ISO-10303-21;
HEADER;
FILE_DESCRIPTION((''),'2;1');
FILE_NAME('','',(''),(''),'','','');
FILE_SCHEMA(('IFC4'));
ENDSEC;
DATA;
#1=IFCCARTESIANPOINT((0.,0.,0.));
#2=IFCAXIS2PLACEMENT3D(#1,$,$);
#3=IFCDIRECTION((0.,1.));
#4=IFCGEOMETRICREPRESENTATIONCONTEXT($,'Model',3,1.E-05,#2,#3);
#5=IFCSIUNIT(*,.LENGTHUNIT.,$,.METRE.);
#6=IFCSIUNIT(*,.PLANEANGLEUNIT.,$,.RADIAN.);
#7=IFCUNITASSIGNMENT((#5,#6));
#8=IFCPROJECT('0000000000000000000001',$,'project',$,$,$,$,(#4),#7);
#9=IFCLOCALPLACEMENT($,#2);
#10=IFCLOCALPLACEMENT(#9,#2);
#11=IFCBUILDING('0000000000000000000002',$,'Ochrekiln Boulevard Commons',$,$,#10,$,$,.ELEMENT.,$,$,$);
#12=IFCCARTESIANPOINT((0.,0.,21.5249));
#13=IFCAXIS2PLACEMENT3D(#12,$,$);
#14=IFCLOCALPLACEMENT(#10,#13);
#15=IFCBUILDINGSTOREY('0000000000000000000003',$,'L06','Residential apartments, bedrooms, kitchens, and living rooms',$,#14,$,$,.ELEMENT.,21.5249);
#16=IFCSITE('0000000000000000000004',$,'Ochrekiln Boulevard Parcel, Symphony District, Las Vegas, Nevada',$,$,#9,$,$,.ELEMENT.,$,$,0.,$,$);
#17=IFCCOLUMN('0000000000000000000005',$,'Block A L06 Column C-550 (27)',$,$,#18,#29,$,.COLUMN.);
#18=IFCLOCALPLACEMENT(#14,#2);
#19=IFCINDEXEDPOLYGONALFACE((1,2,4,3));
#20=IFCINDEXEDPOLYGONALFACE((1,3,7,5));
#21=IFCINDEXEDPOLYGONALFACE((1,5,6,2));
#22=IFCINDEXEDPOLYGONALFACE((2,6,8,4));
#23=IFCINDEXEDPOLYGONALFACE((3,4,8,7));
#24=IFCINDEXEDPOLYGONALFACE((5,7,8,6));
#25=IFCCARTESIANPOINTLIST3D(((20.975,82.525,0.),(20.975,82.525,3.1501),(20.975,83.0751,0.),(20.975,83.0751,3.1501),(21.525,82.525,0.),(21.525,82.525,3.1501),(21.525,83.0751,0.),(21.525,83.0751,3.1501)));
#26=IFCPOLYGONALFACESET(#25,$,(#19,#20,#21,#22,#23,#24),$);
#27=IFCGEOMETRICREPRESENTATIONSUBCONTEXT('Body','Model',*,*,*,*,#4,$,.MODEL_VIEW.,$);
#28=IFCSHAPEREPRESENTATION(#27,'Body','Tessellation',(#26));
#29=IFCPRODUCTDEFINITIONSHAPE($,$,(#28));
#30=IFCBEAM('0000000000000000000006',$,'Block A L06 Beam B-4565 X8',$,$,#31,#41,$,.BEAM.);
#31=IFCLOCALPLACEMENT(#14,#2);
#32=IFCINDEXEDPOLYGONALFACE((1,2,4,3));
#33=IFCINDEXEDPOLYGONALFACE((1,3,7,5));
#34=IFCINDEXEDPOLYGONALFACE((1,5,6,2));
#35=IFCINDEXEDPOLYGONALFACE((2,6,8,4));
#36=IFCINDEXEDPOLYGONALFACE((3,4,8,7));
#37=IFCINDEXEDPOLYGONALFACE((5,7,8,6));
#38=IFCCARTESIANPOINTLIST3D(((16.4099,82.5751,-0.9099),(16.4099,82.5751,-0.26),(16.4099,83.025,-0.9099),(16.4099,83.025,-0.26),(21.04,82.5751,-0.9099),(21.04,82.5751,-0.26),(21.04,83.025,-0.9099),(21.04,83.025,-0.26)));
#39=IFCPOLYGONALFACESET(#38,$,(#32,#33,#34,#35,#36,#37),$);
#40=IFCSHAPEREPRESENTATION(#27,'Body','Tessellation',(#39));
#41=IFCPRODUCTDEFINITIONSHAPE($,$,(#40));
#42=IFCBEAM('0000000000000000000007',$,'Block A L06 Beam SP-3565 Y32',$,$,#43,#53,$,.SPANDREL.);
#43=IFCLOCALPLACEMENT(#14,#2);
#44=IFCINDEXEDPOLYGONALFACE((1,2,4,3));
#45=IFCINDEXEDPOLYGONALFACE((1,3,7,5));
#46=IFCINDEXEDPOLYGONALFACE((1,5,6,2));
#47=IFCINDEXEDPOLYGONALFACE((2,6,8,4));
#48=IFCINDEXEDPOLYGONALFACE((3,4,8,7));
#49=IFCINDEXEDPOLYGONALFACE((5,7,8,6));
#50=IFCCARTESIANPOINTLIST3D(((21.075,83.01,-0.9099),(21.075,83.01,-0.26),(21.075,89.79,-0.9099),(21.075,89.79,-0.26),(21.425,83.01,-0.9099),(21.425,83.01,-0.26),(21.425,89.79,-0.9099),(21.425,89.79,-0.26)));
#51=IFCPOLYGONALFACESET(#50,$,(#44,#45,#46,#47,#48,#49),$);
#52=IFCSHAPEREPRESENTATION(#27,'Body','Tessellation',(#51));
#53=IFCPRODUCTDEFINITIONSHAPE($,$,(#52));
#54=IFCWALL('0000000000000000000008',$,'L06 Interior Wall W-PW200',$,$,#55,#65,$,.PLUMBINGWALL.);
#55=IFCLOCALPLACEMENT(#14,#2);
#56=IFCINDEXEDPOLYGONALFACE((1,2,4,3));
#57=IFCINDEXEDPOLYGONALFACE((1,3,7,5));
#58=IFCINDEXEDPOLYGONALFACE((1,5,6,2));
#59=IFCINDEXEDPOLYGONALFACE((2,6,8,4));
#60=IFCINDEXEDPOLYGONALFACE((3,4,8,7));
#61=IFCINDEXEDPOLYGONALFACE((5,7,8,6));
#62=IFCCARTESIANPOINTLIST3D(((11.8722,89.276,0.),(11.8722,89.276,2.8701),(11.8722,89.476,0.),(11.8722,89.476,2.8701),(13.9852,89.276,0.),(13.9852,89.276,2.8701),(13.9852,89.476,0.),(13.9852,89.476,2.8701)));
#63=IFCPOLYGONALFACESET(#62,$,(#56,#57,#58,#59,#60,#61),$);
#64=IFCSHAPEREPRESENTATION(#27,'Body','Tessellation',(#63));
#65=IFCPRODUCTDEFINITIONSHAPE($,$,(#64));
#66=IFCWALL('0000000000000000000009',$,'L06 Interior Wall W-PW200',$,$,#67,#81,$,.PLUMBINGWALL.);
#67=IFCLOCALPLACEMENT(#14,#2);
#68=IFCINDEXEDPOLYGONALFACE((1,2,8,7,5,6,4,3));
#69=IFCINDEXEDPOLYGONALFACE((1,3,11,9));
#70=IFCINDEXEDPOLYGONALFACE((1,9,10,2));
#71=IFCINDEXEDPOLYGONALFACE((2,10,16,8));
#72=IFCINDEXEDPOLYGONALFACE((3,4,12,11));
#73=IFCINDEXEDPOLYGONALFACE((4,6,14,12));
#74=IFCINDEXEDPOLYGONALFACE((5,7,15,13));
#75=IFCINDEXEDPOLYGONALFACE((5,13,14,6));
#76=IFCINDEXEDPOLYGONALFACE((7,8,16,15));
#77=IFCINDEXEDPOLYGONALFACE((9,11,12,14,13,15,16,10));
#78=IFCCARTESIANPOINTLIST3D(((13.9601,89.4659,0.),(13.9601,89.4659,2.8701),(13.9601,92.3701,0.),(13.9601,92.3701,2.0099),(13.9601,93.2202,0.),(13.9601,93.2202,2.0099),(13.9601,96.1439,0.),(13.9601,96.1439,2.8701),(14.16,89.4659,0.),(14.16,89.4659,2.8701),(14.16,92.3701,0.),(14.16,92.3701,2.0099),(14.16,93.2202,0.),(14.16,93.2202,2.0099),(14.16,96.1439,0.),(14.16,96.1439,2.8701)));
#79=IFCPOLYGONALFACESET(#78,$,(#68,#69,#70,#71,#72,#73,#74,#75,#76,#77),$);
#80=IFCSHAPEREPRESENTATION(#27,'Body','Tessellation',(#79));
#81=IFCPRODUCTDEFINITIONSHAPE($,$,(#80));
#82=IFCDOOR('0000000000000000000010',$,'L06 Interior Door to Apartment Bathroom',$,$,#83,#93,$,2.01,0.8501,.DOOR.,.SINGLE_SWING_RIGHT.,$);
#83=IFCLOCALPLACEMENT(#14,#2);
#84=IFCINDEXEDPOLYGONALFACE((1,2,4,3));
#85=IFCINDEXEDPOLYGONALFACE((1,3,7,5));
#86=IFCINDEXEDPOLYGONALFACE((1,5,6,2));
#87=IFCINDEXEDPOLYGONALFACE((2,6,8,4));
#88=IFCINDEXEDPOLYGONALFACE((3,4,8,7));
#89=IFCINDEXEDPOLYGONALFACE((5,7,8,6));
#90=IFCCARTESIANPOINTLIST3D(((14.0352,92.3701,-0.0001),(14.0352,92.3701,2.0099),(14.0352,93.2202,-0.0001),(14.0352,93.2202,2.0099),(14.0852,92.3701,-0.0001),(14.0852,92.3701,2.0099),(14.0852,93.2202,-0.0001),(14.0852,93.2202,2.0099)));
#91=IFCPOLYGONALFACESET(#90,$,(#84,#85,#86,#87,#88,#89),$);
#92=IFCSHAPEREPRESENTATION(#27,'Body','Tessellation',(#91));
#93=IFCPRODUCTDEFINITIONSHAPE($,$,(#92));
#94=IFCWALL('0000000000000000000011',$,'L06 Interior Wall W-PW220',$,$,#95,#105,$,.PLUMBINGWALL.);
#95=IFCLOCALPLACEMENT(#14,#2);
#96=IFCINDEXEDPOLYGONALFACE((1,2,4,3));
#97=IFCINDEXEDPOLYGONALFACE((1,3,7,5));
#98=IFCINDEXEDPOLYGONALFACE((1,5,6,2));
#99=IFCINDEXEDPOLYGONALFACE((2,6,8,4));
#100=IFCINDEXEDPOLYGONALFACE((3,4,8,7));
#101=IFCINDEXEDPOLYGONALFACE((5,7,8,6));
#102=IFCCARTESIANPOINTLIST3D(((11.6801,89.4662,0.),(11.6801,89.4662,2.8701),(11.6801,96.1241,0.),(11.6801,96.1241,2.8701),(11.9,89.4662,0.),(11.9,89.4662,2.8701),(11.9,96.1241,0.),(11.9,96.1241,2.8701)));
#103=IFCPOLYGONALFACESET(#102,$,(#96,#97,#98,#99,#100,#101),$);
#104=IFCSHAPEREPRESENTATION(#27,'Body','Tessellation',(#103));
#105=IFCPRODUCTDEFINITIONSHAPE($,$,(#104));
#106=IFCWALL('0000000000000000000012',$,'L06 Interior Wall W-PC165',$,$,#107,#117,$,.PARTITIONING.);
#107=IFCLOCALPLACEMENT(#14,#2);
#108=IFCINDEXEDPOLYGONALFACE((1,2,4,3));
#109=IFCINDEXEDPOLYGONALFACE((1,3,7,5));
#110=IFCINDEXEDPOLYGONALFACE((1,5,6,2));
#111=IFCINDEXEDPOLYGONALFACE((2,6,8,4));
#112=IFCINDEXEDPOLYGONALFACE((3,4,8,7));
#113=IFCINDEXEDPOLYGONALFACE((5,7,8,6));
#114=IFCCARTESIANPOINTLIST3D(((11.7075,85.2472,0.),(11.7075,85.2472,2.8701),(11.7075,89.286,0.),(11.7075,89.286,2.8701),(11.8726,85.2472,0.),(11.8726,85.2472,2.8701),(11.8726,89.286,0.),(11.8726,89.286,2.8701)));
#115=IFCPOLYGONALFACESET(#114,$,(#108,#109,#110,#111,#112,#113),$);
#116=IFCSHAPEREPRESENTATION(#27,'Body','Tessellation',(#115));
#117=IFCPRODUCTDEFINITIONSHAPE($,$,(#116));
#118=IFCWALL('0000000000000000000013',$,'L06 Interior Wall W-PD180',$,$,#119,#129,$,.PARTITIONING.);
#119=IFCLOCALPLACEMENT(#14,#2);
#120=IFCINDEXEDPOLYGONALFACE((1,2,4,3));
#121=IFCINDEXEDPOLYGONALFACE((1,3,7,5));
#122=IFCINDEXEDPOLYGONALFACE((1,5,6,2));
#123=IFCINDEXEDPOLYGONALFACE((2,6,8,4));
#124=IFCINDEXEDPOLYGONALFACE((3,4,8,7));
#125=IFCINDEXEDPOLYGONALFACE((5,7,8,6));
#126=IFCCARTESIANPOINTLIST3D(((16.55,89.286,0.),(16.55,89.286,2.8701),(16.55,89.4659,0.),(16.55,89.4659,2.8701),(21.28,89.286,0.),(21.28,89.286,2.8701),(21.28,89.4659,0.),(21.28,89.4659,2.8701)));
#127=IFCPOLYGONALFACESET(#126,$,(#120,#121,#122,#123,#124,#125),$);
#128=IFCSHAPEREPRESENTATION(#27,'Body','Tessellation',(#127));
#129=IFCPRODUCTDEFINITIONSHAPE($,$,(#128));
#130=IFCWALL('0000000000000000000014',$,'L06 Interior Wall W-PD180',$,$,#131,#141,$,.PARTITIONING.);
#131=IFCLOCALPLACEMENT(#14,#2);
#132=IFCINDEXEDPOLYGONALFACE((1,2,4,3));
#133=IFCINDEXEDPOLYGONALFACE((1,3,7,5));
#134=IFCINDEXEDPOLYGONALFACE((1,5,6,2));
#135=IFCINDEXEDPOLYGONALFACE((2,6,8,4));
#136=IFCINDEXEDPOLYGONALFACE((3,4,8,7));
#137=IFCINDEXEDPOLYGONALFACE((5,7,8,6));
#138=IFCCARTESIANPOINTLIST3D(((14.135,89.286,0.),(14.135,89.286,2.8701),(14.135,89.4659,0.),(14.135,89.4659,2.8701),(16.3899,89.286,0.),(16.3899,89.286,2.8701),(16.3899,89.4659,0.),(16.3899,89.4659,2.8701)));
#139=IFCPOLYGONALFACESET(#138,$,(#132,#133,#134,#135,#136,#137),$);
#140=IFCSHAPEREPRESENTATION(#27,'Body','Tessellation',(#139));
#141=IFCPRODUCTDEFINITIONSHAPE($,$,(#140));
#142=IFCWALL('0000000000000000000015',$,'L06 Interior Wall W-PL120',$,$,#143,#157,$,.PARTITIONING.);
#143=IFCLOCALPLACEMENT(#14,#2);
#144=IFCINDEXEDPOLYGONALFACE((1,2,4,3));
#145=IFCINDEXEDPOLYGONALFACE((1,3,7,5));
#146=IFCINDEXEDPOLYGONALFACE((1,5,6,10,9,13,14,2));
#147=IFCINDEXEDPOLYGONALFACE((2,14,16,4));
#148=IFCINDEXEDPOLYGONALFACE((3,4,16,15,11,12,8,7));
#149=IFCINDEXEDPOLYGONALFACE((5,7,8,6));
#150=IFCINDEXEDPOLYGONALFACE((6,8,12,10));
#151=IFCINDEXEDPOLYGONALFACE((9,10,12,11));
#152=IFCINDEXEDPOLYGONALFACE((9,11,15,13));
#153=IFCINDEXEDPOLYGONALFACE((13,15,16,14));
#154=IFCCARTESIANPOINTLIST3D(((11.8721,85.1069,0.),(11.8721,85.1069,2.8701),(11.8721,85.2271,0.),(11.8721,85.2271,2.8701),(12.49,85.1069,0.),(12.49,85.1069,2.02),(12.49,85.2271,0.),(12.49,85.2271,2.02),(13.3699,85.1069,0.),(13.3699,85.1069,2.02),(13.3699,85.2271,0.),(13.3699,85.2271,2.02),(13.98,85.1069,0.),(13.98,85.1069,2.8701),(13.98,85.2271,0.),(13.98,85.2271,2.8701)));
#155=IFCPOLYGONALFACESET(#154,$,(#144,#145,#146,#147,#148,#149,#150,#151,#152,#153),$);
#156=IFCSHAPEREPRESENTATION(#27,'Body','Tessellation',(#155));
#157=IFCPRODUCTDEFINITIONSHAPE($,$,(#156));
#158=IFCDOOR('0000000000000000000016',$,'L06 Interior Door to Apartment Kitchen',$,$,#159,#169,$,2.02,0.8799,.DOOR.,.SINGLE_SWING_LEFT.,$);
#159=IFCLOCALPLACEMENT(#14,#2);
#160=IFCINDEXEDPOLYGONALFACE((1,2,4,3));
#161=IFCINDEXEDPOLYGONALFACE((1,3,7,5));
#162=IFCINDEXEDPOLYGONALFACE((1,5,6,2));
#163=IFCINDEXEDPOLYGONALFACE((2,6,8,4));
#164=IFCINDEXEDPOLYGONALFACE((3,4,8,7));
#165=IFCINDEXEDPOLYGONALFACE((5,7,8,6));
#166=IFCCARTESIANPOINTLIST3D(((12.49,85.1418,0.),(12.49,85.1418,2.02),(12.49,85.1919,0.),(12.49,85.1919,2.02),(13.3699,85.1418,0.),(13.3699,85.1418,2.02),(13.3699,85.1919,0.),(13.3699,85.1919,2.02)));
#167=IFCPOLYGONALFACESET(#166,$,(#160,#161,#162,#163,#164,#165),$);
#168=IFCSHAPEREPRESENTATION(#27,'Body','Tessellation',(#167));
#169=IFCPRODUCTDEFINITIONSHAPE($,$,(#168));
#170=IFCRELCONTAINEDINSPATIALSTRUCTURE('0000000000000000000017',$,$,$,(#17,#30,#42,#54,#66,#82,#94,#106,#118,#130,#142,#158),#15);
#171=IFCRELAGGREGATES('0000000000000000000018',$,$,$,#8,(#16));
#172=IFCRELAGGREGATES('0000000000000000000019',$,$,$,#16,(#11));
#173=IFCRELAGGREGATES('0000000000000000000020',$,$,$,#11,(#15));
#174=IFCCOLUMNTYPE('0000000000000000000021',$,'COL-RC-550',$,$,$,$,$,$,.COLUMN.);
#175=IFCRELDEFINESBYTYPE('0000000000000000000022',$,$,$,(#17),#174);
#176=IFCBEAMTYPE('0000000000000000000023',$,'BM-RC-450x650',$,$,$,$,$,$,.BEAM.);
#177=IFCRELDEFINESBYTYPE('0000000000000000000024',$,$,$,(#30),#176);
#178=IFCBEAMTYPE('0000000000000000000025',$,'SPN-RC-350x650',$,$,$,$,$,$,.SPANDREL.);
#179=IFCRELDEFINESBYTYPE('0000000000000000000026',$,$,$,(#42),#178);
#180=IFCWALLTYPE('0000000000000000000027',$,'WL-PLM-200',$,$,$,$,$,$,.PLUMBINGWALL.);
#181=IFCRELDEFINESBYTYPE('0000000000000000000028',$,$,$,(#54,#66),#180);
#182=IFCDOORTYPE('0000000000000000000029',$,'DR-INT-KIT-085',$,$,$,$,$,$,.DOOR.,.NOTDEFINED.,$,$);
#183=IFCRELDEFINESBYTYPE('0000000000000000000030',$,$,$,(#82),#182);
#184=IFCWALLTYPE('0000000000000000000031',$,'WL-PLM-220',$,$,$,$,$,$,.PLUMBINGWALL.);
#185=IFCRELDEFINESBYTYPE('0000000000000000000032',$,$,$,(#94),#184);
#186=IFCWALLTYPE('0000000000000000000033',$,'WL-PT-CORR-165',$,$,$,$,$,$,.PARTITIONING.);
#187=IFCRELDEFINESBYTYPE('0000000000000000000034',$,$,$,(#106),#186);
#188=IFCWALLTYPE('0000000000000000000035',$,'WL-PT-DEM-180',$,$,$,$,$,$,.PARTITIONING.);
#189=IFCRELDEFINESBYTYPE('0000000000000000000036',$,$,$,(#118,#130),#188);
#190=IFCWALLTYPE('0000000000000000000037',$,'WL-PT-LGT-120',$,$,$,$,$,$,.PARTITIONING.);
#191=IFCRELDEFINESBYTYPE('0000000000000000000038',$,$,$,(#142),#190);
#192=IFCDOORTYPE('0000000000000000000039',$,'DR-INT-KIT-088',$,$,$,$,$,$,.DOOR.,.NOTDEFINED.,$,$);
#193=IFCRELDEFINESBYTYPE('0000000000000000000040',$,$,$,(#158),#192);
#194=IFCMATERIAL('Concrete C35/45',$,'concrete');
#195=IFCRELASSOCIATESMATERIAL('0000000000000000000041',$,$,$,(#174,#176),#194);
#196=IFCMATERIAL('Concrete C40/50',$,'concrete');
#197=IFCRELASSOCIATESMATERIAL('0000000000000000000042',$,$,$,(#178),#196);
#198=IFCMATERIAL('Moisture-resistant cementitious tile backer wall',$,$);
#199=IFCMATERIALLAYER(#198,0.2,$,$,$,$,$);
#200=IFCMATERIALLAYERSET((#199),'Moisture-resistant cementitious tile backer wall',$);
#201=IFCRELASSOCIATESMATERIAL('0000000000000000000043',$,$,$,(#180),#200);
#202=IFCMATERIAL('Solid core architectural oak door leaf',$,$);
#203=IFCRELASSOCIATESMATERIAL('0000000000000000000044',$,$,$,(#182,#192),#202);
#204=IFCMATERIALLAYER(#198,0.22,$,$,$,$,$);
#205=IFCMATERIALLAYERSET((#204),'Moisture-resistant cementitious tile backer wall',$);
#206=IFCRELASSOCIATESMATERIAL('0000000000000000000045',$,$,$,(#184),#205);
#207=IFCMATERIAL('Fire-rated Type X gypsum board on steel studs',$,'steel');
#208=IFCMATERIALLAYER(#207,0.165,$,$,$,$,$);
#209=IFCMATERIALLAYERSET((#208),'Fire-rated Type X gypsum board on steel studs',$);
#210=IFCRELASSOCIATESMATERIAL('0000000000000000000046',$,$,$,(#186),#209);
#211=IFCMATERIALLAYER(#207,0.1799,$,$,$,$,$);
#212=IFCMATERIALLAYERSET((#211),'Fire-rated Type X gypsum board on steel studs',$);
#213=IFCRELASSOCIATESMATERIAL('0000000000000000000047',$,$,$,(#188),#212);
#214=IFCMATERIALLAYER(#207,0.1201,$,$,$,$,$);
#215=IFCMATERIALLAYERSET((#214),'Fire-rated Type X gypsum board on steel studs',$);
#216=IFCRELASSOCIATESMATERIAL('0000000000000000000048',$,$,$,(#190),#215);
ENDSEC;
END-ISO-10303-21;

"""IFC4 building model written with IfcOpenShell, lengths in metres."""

from ifc_helpers import new_model, si_unit, direction, frame, frame_2d, origin, origin_2d, place, context, subcontext, project, spatial, rectangle, extrude, material, layer, layer_set, material_profile, profile_set, type_object, element, fill, save


model = new_model("IFC4")

# Units and contexts
model_context = context("Model", 3, precision=1e-05, world=origin(), true_north=direction((0.0, 1.0)))
body_context = subcontext(model_context, "Body", "Model", "MODEL_VIEW")
ifc_project = project(units=[si_unit("LENGTHUNIT", "METRE"), si_unit("PLANEANGLEUNIT", "RADIAN")], contexts=[model_context])

# Site, building, storey
site_placement = place(None, origin())
site = spatial("IfcSite", under=ifc_project, at=site_placement, Name="Ochrekiln Boulevard Parcel, Symphony District, Las Vegas, Nevada", CompositionType="ELEMENT", RefElevation=0.0)
building_placement = place(site_placement, origin())
building = spatial("IfcBuilding", under=site, at=building_placement, Name="Ochrekiln Boulevard Commons", CompositionType="ELEMENT")
storey_placement = place(building_placement, frame((0.0, 0.0, 21.5249)))
storey = spatial("IfcBuildingStorey", under=building, at=storey_placement, Name="L06", Description="Residential apartments, bedrooms, kitchens, and living rooms", CompositionType="ELEMENT", Elevation=21.5249)

# Column
ifc_material_1 = material(Name="Concrete C35/45", Category="concrete")
ifc_material_profile_1 = material_profile(ifc_material_1, rectangle(XDim=0.55, YDim=0.55, at=origin_2d()), Name="RC-COL-550x550")
ifc_profile_set_1 = profile_set([ifc_material_profile_1], Name="Concrete C35/45")
column_type = type_object("IfcColumnType", Name="COL-RC-550", PredefinedType="COLUMN", material=ifc_profile_set_1)
column_placement = place(storey_placement, frame((21.25, 82.8, 0.0), z_axis=(0.0, 0.0, 1.0), x_axis=(1.0, 0.0, 0.0)))
element("IfcColumn", 1, at=column_placement, inside=storey, type_object=column_type, Name="Block A L06 Column C-550 (27)", PredefinedType="COLUMN", context=body_context, shape_type="SweptSolid", body=[
    extrude(rectangle(XDim=0.55, YDim=0.55, at=origin_2d()), origin(), (0.0, 0.0, 1.0), 3.1501),
])

# Beams
ifc_material_profile_2 = material_profile(ifc_material_1, rectangle(XDim=0.45, YDim=0.6499, at=origin_2d()), Name="RC-BM-450x650")
ifc_profile_set_2 = profile_set([ifc_material_profile_2], Name="Concrete C35/45")
beam_type_1 = type_object("IfcBeamType", Name="BM-RC-450x650", PredefinedType="BEAM", material=ifc_profile_set_2)
beam_1_placement = place(storey_placement, frame((16.4099, 82.8, -0.585), z_axis=(1.0, 0.0, 0.0), x_axis=(0.0, 1.0, 0.0)))
element("IfcBeam", 2, at=beam_1_placement, inside=storey, type_object=beam_type_1, Name="Block A L06 Beam B-4565 X8", PredefinedType="BEAM", context=body_context, shape_type="SweptSolid", body=[
    extrude(rectangle(XDim=0.45, YDim=0.6499, at=origin_2d()), origin(), (0.0, 0.0, 1.0), 4.6301),
])
ifc_material_2 = material(Name="Concrete C40/50", Category="concrete")
ifc_material_profile_3 = material_profile(ifc_material_2, rectangle(XDim=0.3501, YDim=0.6499, at=origin_2d()), Name="RC-SPN-350x650")
ifc_profile_set_3 = profile_set([ifc_material_profile_3], Name="Concrete C40/50")
beam_type_2 = type_object("IfcBeamType", Name="SPN-RC-350x650", PredefinedType="SPANDREL", material=ifc_profile_set_3)
beam_2_placement = place(storey_placement, frame((21.25, 83.01, -0.585), z_axis=(0.0, 1.0, 0.0), x_axis=(-1.0, 0.0, 0.0)))
element("IfcBeam", 3, at=beam_2_placement, inside=storey, type_object=beam_type_2, Name="Block A L06 Beam SP-3565 Y32", PredefinedType="SPANDREL", context=body_context, shape_type="SweptSolid", body=[
    extrude(rectangle(XDim=0.3501, YDim=0.6499, at=origin_2d()), origin(), (0.0, 0.0, 1.0), 6.78),
])

# Wall
ifc_material_3 = material(Name="Moisture-resistant cementitious tile backer wall")
ifc_layer_1 = layer(ifc_material_3, 0.2)
ifc_layer_set_1 = layer_set([ifc_layer_1], Name="Moisture-resistant cementitious tile backer wall")
wall_type_1 = type_object("IfcWallType", Name="WL-PLM-200", PredefinedType="PLUMBINGWALL", material=ifc_layer_set_1)
wall_1_placement = place(storey_placement, frame((11.8721, 89.376, 0.0), z_axis=(0.0, 0.0, 1.0), x_axis=(1.0, 0.0, 0.0)))
element("IfcWall", 4, at=wall_1_placement, inside=storey, type_object=wall_type_1, Name="L06 Interior Wall W-PW200", PredefinedType="PLUMBINGWALL", context=body_context, shape_type="SweptSolid", body=[
    extrude(rectangle(XDim=2.113, YDim=0.2, at=frame_2d((1.0566, 0.0))), origin(), (0.0, 0.0, 1.0), 2.8701),
])

# Wall, opening, door
wall_2_placement = place(storey_placement, frame((14.0601, 89.4661, 0.0), z_axis=(0.0, 0.0, 1.0), x_axis=(0.0, 1.0, 0.0)))
wall_2 = element("IfcWall", 5, at=wall_2_placement, inside=storey, type_object=wall_type_1, Name="L06 Interior Wall W-PW200", PredefinedType="PLUMBINGWALL", context=body_context, shape_type="SweptSolid", body=[
    extrude(rectangle(XDim=6.678, YDim=0.2, at=frame_2d((3.3389, 0.0))), origin(), (0.0, 0.0, 1.0), 2.8701),
])
opening_1_placement = place(wall_2_placement, frame((2.9041, 0.0, 0.0)))
opening_1 = element("IfcOpeningElement", 6, at=opening_1_placement, cuts=wall_2, PredefinedType="OPENING", context=body_context, shape_type="SweptSolid", body=[
    extrude(rectangle(XDim=0.8501, YDim=2.01, at=frame_2d((0.425, 1.0049))), frame((0.0, 0.1099, 0.0), z_axis=(0.0, -1.0, 0.0), x_axis=(1.0, 0.0, 0.0)), (0.0, 0.0, 1.0), 0.22),
])
ifc_material_4 = material(Name="Solid core architectural oak door leaf")
door_type_1 = type_object("IfcDoorType", Name="DR-INT-KIT-085", OperationType="NOTDEFINED", PredefinedType="DOOR", material=ifc_material_4)
door_1_placement = place(opening_1_placement, origin())
door_1 = element("IfcDoor", 7, at=door_1_placement, inside=storey, type_object=door_type_1, Name="L06 Interior Door to Apartment Bathroom", OperationType="SINGLE_SWING_RIGHT", OverallHeight=2.01, OverallWidth=0.8501, PredefinedType="DOOR", context=body_context, shape_type="SweptSolid", body=[
    extrude(rectangle(XDim=0.8501, YDim=2.01, at=frame_2d((0.425, 1.0049))), frame((0.0, 0.0249, 0.0), z_axis=(0.0, -1.0, 0.0), x_axis=(1.0, 0.0, 0.0)), (0.0, 0.0, 1.0), 0.05),
])
fill(opening_1, door_1)

# Walls
ifc_layer_2 = layer(ifc_material_3, 0.22)
ifc_layer_set_2 = layer_set([ifc_layer_2], Name="Moisture-resistant cementitious tile backer wall")
wall_type_2 = type_object("IfcWallType", Name="WL-PLM-220", PredefinedType="PLUMBINGWALL", material=ifc_layer_set_2)
wall_3_placement = place(storey_placement, frame((11.79, 89.4661, 0.0), z_axis=(0.0, 0.0, 1.0), x_axis=(0.0, 1.0, 0.0)))
element("IfcWall", 8, at=wall_3_placement, inside=storey, type_object=wall_type_2, Name="L06 Interior Wall W-PW220", PredefinedType="PLUMBINGWALL", context=body_context, shape_type="SweptSolid", body=[
    extrude(rectangle(XDim=6.658, YDim=0.22, at=frame_2d((3.3291, 0.0))), origin(), (0.0, 0.0, 1.0), 2.8701),
])
ifc_material_5 = material(Name="Fire-rated Type X gypsum board on steel studs", Category="steel")
ifc_layer_3 = layer(ifc_material_5, 0.165)
ifc_layer_set_3 = layer_set([ifc_layer_3], Name="Fire-rated Type X gypsum board on steel studs")
wall_type_3 = type_object("IfcWallType", Name="WL-PT-CORR-165", PredefinedType="PARTITIONING", material=ifc_layer_set_3)
wall_4_placement = place(storey_placement, frame((11.79, 85.2471, 0.0), z_axis=(0.0, 0.0, 1.0), x_axis=(0.0, 1.0, 0.0)))
element("IfcWall", 9, at=wall_4_placement, inside=storey, type_object=wall_type_3, Name="L06 Interior Wall W-PC165", PredefinedType="PARTITIONING", context=body_context, shape_type="SweptSolid", body=[
    extrude(rectangle(XDim=4.0388, YDim=0.165, at=frame_2d((2.0195, 0.0))), origin(), (0.0, 0.0, 1.0), 2.8701),
])
ifc_layer_4 = layer(ifc_material_5, 0.1799)
ifc_layer_set_4 = layer_set([ifc_layer_4], Name="Fire-rated Type X gypsum board on steel studs")
wall_type_4 = type_object("IfcWallType", Name="WL-PT-DEM-180", PredefinedType="PARTITIONING", material=ifc_layer_set_4)
wall_5_placement = place(storey_placement, frame((16.55, 89.376, 0.0), z_axis=(0.0, 0.0, 1.0), x_axis=(1.0, 0.0, 0.0)))
element("IfcWall", 10, at=wall_5_placement, inside=storey, type_object=wall_type_4, Name="L06 Interior Wall W-PD180", PredefinedType="PARTITIONING", context=body_context, shape_type="SweptSolid", body=[
    extrude(rectangle(XDim=4.73, YDim=0.1799, at=frame_2d((2.365, 0.0))), origin(), (0.0, 0.0, 1.0), 2.8701),
])
wall_6_placement = place(storey_placement, frame((14.135, 89.376, 0.0), z_axis=(0.0, 0.0, 1.0), x_axis=(1.0, 0.0, 0.0)))
element("IfcWall", 11, at=wall_6_placement, inside=storey, type_object=wall_type_4, Name="L06 Interior Wall W-PD180", PredefinedType="PARTITIONING", context=body_context, shape_type="SweptSolid", body=[
    extrude(rectangle(XDim=2.2549, YDim=0.1799, at=frame_2d((1.1274, 0.0))), origin(), (0.0, 0.0, 1.0), 2.8701),
])

# Wall, opening, door
ifc_layer_5 = layer(ifc_material_5, 0.1201)
ifc_layer_set_5 = layer_set([ifc_layer_5], Name="Fire-rated Type X gypsum board on steel studs")
wall_type_5 = type_object("IfcWallType", Name="WL-PT-LGT-120", PredefinedType="PARTITIONING", material=ifc_layer_set_5)
wall_7_placement = place(storey_placement, frame((11.8721, 85.167, 0.0), z_axis=(0.0, 0.0, 1.0), x_axis=(1.0, 0.0, 0.0)))
wall_7 = element("IfcWall", 12, at=wall_7_placement, inside=storey, type_object=wall_type_5, Name="L06 Interior Wall W-PL120", PredefinedType="PARTITIONING", context=body_context, shape_type="SweptSolid", body=[
    extrude(rectangle(XDim=2.1079, YDim=0.1201, at=frame_2d((1.054, 0.0))), origin(), (0.0, 0.0, 1.0), 2.8701),
])
opening_2_placement = place(wall_7_placement, frame((0.6179, 0.0, 0.0)))
opening_2 = element("IfcOpeningElement", 13, at=opening_2_placement, cuts=wall_7, PredefinedType="OPENING", context=body_context, shape_type="SweptSolid", body=[
    extrude(rectangle(XDim=0.8799, YDim=2.02, at=frame_2d((0.4399, 1.01))), frame((0.0, 0.0701, 0.0), z_axis=(0.0, -1.0, 0.0), x_axis=(1.0, 0.0, 0.0)), (0.0, 0.0, 1.0), 0.1401),
])
door_type_2 = type_object("IfcDoorType", Name="DR-INT-KIT-088", OperationType="NOTDEFINED", PredefinedType="DOOR", material=ifc_material_4)
door_2_placement = place(opening_2_placement, origin())
door_2 = element("IfcDoor", 14, at=door_2_placement, inside=storey, type_object=door_type_2, Name="L06 Interior Door to Apartment Kitchen", OperationType="SINGLE_SWING_LEFT", OverallHeight=2.02, OverallWidth=0.8799, PredefinedType="DOOR", context=body_context, shape_type="SweptSolid", body=[
    extrude(rectangle(XDim=0.8799, YDim=2.02, at=frame_2d((0.4399, 1.01))), frame((0.0, 0.0249, 0.0), z_axis=(0.0, -1.0, 0.0), x_axis=(1.0, 0.0, 0.0)), (0.0, 0.0, 1.0), 0.05),
])
fill(opening_2, door_2)

save(model, "model.ifc")
